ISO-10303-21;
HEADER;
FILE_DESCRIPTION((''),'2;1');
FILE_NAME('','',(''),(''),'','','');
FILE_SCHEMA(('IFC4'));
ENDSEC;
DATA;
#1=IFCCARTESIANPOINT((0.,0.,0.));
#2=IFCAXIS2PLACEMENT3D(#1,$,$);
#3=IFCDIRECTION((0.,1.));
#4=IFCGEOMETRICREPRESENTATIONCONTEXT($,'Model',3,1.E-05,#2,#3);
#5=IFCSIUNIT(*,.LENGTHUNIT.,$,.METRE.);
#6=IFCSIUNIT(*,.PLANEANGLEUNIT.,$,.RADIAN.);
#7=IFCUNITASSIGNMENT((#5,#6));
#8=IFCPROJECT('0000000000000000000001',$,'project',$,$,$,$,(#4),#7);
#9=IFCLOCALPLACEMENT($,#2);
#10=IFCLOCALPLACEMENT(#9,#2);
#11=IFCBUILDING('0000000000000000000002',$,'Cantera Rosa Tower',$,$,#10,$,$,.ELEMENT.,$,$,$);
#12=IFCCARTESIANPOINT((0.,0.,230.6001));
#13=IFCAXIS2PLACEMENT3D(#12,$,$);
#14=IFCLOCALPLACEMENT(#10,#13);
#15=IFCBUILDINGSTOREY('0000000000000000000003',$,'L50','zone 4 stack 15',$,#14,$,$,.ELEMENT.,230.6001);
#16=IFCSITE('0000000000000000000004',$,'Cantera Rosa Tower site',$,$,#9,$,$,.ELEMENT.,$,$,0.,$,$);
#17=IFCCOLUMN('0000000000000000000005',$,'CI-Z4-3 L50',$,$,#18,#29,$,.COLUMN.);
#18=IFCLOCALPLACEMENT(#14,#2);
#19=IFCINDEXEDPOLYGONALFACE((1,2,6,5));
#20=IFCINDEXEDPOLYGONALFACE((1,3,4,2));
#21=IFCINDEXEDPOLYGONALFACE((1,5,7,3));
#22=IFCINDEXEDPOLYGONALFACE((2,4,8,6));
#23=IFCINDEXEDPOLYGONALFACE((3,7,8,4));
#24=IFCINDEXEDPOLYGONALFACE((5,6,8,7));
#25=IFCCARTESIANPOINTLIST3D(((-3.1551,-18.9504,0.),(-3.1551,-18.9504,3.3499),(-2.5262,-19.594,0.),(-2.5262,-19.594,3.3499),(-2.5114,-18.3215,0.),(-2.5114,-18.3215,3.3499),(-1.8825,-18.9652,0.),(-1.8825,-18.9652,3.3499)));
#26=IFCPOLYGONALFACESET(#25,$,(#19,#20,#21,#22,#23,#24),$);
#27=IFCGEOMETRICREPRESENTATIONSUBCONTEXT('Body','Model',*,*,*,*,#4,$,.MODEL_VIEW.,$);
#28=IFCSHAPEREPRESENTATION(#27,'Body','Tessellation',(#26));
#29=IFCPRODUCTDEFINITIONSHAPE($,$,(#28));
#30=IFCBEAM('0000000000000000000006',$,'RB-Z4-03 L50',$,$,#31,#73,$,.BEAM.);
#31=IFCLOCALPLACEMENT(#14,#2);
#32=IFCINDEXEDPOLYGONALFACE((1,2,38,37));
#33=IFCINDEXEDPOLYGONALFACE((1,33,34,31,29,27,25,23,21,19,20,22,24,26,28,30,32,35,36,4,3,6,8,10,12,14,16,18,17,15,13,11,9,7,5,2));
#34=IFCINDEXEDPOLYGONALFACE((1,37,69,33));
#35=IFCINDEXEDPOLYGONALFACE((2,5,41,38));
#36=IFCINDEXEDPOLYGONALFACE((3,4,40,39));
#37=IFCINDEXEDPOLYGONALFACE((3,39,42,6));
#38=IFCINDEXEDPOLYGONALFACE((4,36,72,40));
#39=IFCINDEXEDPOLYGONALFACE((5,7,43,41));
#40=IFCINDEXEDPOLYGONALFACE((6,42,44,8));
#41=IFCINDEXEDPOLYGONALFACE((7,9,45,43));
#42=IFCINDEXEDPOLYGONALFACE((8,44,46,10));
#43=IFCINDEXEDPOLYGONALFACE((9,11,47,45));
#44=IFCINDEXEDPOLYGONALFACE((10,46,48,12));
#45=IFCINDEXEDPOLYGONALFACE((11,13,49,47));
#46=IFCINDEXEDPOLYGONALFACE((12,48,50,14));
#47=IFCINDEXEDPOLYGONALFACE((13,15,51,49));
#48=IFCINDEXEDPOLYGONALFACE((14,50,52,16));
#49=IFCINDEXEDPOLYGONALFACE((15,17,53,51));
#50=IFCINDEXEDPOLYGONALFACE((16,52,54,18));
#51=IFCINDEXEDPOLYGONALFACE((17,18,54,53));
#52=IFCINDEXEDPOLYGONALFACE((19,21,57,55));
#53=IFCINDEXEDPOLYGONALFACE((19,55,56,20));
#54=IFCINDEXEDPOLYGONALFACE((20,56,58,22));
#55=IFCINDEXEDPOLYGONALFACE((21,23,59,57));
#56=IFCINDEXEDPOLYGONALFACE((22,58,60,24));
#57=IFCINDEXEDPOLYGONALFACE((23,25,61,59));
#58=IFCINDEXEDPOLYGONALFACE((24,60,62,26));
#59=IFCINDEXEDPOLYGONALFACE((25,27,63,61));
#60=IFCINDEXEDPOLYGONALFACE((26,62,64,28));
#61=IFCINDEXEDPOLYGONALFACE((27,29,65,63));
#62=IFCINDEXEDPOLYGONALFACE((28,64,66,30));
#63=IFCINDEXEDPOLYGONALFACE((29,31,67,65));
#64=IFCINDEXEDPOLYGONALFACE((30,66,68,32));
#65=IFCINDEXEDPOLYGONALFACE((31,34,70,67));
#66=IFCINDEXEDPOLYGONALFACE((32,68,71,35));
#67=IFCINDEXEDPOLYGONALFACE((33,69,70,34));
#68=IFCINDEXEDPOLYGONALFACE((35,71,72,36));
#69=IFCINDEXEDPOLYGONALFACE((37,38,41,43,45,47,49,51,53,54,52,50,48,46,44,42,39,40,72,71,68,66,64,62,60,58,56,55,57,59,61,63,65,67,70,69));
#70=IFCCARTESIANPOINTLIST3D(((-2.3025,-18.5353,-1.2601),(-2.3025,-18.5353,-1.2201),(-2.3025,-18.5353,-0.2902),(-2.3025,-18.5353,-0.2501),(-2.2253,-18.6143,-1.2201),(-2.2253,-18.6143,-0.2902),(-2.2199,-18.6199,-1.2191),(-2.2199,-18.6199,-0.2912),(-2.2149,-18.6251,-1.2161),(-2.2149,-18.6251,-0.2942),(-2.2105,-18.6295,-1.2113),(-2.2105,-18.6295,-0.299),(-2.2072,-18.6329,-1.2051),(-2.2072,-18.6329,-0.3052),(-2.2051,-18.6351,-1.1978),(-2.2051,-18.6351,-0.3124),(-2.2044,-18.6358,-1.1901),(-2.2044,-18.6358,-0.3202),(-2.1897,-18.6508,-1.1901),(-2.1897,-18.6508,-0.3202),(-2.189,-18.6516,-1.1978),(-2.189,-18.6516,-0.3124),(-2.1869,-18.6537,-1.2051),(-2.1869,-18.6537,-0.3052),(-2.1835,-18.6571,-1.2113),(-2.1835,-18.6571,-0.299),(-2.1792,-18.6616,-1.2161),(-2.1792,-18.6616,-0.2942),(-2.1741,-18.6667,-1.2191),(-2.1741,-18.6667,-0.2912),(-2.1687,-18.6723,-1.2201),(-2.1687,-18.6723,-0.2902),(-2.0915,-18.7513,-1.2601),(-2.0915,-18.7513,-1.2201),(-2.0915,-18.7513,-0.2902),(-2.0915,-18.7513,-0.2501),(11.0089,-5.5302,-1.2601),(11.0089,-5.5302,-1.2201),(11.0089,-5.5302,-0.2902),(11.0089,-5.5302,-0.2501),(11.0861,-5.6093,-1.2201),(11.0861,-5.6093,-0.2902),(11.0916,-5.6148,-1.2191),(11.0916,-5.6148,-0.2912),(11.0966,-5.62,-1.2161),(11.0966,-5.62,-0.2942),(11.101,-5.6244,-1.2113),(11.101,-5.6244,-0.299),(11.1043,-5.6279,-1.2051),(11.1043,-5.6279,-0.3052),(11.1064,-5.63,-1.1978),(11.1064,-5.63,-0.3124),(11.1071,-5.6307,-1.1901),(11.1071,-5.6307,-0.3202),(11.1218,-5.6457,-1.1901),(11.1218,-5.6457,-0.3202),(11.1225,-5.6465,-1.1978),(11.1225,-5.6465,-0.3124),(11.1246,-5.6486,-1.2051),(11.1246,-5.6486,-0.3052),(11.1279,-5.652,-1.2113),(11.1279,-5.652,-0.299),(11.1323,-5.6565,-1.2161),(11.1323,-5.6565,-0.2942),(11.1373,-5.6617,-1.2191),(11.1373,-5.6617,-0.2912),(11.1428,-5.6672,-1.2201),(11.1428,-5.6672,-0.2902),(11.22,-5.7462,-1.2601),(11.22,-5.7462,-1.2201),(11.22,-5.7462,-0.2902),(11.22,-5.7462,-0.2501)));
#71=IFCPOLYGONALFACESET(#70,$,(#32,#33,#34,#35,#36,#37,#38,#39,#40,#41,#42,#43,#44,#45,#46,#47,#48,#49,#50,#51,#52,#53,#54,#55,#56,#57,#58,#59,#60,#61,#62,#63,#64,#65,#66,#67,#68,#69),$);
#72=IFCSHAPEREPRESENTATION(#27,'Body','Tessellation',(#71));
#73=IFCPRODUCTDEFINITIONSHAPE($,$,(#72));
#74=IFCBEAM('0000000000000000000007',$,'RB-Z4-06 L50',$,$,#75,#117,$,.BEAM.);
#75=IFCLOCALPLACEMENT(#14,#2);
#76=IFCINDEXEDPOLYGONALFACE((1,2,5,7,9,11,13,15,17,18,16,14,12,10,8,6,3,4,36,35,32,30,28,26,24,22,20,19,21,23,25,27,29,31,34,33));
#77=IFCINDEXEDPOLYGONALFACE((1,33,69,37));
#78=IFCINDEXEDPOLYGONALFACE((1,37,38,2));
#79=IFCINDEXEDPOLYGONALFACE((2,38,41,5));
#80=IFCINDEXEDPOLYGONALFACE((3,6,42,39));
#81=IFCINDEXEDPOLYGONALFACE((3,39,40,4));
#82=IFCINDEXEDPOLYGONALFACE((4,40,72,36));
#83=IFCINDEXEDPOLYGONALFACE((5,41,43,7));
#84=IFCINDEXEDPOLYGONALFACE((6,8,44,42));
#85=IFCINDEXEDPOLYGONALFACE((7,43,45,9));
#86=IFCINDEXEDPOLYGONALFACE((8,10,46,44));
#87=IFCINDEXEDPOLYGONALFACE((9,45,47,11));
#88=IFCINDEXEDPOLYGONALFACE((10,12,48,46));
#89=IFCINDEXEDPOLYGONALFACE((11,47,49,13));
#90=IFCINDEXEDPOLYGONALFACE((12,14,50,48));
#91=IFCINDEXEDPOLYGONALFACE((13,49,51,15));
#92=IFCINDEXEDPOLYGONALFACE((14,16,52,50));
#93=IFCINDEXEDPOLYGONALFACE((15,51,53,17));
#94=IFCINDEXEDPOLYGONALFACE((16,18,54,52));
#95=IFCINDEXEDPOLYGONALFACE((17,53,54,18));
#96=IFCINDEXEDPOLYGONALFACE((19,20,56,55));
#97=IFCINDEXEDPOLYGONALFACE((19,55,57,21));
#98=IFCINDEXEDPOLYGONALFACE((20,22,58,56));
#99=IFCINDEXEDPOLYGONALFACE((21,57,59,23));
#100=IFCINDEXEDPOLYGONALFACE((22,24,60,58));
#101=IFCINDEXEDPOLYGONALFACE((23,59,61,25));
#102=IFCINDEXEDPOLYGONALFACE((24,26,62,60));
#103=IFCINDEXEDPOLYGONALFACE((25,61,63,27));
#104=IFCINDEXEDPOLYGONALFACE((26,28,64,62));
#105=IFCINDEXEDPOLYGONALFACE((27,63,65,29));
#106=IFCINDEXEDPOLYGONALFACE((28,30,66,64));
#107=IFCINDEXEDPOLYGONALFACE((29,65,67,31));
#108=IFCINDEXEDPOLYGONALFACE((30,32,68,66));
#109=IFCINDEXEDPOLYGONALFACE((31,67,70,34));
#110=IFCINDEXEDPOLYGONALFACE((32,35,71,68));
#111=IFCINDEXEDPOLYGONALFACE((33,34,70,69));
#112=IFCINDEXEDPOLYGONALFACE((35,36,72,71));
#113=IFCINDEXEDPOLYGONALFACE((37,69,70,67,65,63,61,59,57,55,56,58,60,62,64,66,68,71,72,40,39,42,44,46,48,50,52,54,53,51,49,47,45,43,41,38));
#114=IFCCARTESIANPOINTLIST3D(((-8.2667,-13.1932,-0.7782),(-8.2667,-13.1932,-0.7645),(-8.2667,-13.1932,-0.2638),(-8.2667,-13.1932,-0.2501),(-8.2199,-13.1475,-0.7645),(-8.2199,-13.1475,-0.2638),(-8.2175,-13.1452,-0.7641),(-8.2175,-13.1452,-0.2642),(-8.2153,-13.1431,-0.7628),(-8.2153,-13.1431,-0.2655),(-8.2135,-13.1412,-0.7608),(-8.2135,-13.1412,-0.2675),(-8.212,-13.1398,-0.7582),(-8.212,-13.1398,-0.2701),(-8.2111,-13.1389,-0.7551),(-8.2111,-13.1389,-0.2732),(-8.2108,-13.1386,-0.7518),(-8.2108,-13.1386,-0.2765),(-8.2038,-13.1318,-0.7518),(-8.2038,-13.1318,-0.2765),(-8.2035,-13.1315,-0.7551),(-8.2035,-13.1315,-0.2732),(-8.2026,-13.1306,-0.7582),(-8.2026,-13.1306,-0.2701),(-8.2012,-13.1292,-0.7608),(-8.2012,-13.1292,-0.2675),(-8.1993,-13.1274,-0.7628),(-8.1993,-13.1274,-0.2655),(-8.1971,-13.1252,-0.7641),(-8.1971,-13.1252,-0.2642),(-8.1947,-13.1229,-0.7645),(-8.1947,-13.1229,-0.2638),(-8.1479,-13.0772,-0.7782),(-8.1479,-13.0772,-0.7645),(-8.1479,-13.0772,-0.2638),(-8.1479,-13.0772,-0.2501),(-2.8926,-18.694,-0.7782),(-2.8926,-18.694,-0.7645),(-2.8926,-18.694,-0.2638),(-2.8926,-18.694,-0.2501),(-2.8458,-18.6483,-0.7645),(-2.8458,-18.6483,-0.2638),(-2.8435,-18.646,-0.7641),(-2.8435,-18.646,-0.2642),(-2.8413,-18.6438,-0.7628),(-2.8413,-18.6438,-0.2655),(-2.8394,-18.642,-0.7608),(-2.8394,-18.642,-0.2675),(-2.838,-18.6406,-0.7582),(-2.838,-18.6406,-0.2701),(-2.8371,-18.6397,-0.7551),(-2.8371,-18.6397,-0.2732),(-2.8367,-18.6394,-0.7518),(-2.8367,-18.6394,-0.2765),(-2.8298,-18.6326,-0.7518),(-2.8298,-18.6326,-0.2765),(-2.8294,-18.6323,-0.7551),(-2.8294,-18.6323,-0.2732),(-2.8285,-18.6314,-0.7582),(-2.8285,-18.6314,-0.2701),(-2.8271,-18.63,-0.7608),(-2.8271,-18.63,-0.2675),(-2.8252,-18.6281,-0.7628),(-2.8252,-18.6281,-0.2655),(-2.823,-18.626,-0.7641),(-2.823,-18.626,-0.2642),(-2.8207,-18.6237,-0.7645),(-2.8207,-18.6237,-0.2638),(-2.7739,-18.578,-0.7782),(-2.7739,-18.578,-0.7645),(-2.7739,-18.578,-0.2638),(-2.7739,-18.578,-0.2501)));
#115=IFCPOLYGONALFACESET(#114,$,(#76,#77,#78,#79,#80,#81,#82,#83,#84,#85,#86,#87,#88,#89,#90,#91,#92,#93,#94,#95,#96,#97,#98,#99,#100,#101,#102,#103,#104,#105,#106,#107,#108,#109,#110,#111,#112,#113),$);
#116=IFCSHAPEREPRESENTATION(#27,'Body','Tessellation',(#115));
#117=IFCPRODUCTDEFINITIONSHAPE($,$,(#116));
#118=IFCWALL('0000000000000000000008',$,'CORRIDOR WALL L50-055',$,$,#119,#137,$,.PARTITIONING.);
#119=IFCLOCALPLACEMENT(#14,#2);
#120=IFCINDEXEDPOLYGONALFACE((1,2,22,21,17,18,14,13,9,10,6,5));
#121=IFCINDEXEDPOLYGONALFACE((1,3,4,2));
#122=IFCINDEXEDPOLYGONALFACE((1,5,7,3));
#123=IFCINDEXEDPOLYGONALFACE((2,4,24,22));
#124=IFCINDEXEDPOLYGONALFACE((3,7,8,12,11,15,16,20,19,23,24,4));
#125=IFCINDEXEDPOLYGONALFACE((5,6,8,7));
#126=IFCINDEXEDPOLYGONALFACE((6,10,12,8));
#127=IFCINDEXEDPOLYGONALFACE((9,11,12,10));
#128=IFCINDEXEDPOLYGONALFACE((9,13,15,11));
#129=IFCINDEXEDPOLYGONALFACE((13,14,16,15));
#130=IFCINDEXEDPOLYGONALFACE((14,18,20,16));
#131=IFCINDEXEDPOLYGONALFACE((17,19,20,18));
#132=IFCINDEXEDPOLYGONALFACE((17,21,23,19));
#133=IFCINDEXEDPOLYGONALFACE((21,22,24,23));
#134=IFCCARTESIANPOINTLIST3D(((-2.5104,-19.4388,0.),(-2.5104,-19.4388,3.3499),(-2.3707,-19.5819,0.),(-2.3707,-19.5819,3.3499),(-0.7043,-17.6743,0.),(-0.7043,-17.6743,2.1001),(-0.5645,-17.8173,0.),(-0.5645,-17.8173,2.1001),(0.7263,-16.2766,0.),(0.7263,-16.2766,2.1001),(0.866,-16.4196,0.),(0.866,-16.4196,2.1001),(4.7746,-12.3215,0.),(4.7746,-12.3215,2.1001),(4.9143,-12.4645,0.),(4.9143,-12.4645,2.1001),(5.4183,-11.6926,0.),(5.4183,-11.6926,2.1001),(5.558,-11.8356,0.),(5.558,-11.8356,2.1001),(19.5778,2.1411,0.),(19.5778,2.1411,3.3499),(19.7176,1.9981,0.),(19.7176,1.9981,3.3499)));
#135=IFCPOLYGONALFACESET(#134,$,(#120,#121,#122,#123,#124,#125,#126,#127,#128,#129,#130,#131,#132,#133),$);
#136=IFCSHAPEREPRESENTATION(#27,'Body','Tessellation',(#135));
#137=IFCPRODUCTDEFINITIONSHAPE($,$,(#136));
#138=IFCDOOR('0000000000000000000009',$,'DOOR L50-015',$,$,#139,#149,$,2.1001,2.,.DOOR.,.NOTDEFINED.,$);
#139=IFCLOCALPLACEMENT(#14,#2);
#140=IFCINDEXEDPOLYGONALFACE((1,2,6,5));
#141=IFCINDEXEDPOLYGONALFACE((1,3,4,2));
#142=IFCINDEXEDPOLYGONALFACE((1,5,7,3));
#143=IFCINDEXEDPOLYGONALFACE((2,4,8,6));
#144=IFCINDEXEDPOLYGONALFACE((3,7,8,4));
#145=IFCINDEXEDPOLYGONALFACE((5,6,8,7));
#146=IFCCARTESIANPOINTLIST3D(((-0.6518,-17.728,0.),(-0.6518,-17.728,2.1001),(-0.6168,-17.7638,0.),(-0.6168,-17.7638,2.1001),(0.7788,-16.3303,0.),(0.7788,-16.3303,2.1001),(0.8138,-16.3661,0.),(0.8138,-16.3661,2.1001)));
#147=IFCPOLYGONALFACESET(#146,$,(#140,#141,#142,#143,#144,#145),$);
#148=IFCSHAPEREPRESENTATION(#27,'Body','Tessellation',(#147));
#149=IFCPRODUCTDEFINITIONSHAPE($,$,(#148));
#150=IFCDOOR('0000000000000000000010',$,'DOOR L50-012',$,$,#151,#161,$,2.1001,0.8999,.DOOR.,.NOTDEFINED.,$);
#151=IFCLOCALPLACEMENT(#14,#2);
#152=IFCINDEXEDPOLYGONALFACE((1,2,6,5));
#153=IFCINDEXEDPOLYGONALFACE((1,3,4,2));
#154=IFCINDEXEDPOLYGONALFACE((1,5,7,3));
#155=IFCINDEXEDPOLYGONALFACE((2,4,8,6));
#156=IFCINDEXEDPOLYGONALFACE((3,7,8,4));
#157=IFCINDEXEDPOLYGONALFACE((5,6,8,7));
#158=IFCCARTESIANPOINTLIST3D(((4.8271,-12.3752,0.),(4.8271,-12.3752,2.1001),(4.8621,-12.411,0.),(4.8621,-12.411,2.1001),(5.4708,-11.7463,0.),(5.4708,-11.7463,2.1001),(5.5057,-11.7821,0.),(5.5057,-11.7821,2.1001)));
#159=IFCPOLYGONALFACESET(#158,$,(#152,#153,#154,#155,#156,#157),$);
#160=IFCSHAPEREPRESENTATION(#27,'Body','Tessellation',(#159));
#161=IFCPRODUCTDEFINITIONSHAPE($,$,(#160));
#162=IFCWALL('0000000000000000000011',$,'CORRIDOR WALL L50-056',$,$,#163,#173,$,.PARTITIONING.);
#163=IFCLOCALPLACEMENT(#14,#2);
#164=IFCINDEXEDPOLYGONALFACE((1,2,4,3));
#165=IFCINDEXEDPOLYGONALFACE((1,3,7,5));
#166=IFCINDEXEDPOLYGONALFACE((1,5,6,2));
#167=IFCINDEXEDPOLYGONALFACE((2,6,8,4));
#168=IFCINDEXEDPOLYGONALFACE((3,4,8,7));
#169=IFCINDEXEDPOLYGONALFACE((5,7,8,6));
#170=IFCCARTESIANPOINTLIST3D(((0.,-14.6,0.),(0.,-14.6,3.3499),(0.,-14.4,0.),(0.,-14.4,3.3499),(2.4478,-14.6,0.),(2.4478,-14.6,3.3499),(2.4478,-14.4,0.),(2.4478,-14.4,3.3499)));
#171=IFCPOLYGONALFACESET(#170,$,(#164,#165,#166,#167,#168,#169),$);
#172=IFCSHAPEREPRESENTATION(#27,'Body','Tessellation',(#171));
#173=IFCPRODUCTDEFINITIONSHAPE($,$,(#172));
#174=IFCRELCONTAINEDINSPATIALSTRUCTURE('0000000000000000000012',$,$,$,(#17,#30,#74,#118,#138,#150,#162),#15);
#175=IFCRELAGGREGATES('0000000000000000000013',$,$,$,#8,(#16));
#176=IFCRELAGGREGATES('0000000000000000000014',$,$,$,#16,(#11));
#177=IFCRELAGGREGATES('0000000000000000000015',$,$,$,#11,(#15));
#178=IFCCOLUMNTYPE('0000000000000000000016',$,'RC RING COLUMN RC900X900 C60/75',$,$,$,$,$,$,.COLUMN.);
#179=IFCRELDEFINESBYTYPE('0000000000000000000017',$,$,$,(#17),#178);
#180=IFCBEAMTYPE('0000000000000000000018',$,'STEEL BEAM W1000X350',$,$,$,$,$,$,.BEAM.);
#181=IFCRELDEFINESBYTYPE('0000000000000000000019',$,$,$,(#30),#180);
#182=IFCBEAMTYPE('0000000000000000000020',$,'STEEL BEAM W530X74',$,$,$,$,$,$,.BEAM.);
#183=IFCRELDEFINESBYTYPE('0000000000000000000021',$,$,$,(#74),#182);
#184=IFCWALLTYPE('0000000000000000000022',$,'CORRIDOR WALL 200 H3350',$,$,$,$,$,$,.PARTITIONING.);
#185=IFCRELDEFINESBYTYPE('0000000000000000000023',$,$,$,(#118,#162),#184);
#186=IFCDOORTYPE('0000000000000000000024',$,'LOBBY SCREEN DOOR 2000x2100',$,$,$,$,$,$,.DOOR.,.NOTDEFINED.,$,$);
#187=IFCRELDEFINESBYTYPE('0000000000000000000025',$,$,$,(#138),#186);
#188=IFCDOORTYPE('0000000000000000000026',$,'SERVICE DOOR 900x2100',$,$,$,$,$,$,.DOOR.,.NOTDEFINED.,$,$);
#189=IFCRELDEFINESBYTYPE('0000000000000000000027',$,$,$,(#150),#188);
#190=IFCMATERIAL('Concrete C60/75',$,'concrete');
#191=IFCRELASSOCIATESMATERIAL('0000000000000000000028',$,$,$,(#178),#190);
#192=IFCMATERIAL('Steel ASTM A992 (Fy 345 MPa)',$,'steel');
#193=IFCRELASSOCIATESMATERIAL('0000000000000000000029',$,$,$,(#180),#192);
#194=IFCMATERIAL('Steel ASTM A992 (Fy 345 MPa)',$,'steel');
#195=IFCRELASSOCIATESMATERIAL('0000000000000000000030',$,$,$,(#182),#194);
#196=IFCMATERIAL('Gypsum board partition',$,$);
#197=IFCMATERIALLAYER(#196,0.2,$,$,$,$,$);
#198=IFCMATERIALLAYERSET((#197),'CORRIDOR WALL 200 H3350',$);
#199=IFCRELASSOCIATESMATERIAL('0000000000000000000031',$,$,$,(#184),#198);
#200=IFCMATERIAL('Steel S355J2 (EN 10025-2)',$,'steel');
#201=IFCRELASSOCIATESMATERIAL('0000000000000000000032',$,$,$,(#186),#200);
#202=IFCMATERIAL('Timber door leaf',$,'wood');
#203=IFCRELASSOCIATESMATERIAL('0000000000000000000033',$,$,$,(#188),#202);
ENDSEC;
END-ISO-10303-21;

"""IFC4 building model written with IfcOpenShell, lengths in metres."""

from ifc_helpers import new_model, si_unit, direction, frame, frame_2d, origin, origin_2d, place, context, subcontext, project, spatial, rectangle, i_section, extrude, material, layer, layer_set, material_profile, profile_set, type_object, element, fill, save


model = new_model("IFC4")

# Units and contexts
model_context = context("Model", 3, precision=1e-05, world=origin(), true_north=direction((0.0, 1.0)))
body_context = subcontext(model_context, "Body", "Model", "MODEL_VIEW")
ifc_project = project(units=[si_unit("LENGTHUNIT", "METRE"), si_unit("PLANEANGLEUNIT", "RADIAN")], contexts=[model_context])

# Site, building, storey
site_placement = place(None, origin())
site = spatial("IfcSite", under=ifc_project, at=site_placement, Name="Cantera Rosa Tower site", CompositionType="ELEMENT", RefElevation=0.0)
building_placement = place(site_placement, origin())
building = spatial("IfcBuilding", under=site, at=building_placement, Name="Cantera Rosa Tower", CompositionType="ELEMENT")
storey_placement = place(building_placement, frame((0.0, 0.0, 230.6001)))
storey = spatial("IfcBuildingStorey", under=building, at=storey_placement, Name="L50", Description="zone 4 stack 15", CompositionType="ELEMENT", Elevation=230.6001)

# Column
ifc_material_1 = material(Name="Concrete C60/75", Category="concrete")
ifc_material_profile_1 = material_profile(ifc_material_1, rectangle(XDim=0.8999, YDim=0.8999, at=origin_2d()), Name="RC RING COLUMN RC900X900 C60/75")
ifc_profile_set_1 = profile_set([ifc_material_profile_1], Name="Concrete C60/75")
column_type = type_object("IfcColumnType", Name="RC RING COLUMN RC900X900 C60/75", PredefinedType="COLUMN", material=ifc_profile_set_1)
column_placement = place(storey_placement, frame((-2.5188, -18.9578, 0.0), z_axis=(0.0, 0.0, 1.0), x_axis=(0.715286, 0.698832, 0.0)))
element("IfcColumn", 1, at=column_placement, inside=storey, type_object=column_type, Name="CI-Z4-3 L50", PredefinedType="COLUMN", context=body_context, shape_type="SweptSolid", body=[
    extrude(rectangle(XDim=0.8999, YDim=0.8999, at=origin_2d()), origin(), (0.0, 0.0, 1.0), 3.3499),
])

# Beams
ifc_material_2 = material(Name="Steel ASTM A992 (Fy 345 MPa)", Category="steel")
ifc_material_profile_2 = material_profile(ifc_material_2, i_section(OverallWidth=0.302, OverallDepth=1.01, WebThickness=0.021, FlangeThickness=0.04, FilletRadius=0.03, at=origin_2d()), Name="W1000X350")
ifc_profile_set_2 = profile_set([ifc_material_profile_2], Name="Steel ASTM A992 (Fy 345 MPa)")
beam_type_1 = type_object("IfcBeamType", Name="STEEL BEAM W1000X350", PredefinedType="BEAM", material=ifc_profile_set_2)
beam_1_placement = place(storey_placement, frame((-2.197, -18.6433, -0.7551), z_axis=(0.715291, 0.698827, 0.0), x_axis=(-0.698827, 0.715291, 0.0)))
element("IfcBeam", 2, at=beam_1_placement, inside=storey, type_object=beam_type_1, Name="RB-Z4-03 L50", PredefinedType="BEAM", context=body_context, shape_type="SweptSolid", body=[
    extrude(i_section(OverallWidth=0.302, OverallDepth=1.01, WebThickness=0.021, FlangeThickness=0.04, FilletRadius=0.03, at=origin_2d()), origin(), (0.0, 0.0, 1.0), 18.6099),
])
ifc_material_3 = material(Name="Steel ASTM A992 (Fy 345 MPa)", Category="steel")
ifc_material_profile_3 = material_profile(ifc_material_3, i_section(OverallWidth=0.166, OverallDepth=0.5281, WebThickness=0.0098, FlangeThickness=0.0137, FilletRadius=0.0127, at=origin_2d()), Name="W530X74")
ifc_profile_set_3 = profile_set([ifc_material_profile_3], Name="Steel ASTM A992 (Fy 345 MPa)")
beam_type_2 = type_object("IfcBeamType", Name="STEEL BEAM W530X74", PredefinedType="BEAM", material=ifc_profile_set_3)
beam_2_placement = place(storey_placement, frame((-2.8333, -18.636, -0.5142), z_axis=(-0.69882, 0.715297, 0.0), x_axis=(-0.715297, -0.69882, 0.0)))
element("IfcBeam", 3, at=beam_2_placement, inside=storey, type_object=beam_type_2, Name="RB-Z4-06 L50", PredefinedType="BEAM", context=body_context, shape_type="SweptSolid", body=[
    extrude(i_section(OverallWidth=0.166, OverallDepth=0.5281, WebThickness=0.0098, FlangeThickness=0.0137, FilletRadius=0.0127, at=origin_2d()), origin(), (0.0, 0.0, 1.0), 7.6902),
])

# Wall, openings, doors
ifc_material_4 = material(Name="Gypsum board partition")
ifc_layer_1 = layer(ifc_material_4, 0.2)
ifc_layer_set_1 = layer_set([ifc_layer_1], Name="CORRIDOR WALL 200 H3350")
wall_type_1 = type_object("IfcWallType", Name="CORRIDOR WALL 200 H3350", PredefinedType="PARTITIONING", material=ifc_layer_set_1)
wall_1_placement = place(storey_placement, frame((-2.4404, -19.5103, 0.0), z_axis=(0.0, 0.0, 1.0), x_axis=(0.715289, 0.698829, 0.0)))
wall_1 = element("IfcWall", 4, at=wall_1_placement, inside=storey, type_object=wall_type_1, Name="CORRIDOR WALL L50-055", PredefinedType="PARTITIONING", context=body_context, shape_type="SweptSolid", body=[
    extrude(rectangle(XDim=30.8801, YDim=0.2, at=frame_2d((15.4399, 0.0))), origin(), (0.0, 0.0, 1.0), 3.3499),
])
opening_1_placement = place(wall_1_placement, frame((10.1846, 0.0, 0.0)))
opening_1 = element("IfcOpeningElement", 5, at=opening_1_placement, cuts=wall_1, PredefinedType="OPENING", context=body_context, shape_type="SweptSolid", body=[
    extrude(rectangle(XDim=0.8999, YDim=2.1001, at=frame_2d((0.45, 1.05))), frame((0.0, 0.1099, 0.0), z_axis=(0.0, -1.0, 0.0), x_axis=(1.0, 0.0, 0.0)), (0.0, 0.0, 1.0), 0.22),
])
opening_2_placement = place(wall_1_placement, frame((2.5249, 0.0, 0.0)))
opening_2 = element("IfcOpeningElement", 6, at=opening_2_placement, cuts=wall_1, PredefinedType="OPENING", context=body_context, shape_type="SweptSolid", body=[
    extrude(rectangle(XDim=2.0, YDim=2.1001, at=frame_2d((1.0, 1.05))), frame((0.0, 0.1099, 0.0), z_axis=(0.0, -1.0, 0.0), x_axis=(1.0, 0.0, 0.0)), (0.0, 0.0, 1.0), 0.22),
])
ifc_material_5 = material(Name="Steel S355J2 (EN 10025-2)", Category="steel")
door_type_1 = type_object("IfcDoorType", Name="LOBBY SCREEN DOOR 2000x2100", OperationType="NOTDEFINED", PredefinedType="DOOR", material=ifc_material_5)
door_1_placement = place(opening_2_placement, origin())
door_1 = element("IfcDoor", 7, at=door_1_placement, inside=storey, type_object=door_type_1, Name="DOOR L50-015", OperationType="NOTDEFINED", OverallHeight=2.1001, OverallWidth=2.0, PredefinedType="DOOR", context=body_context, shape_type="SweptSolid", body=[
    extrude(rectangle(XDim=2.0, YDim=2.1001, at=frame_2d((1.0, 1.05))), frame((0.0, 0.0249, 0.0), z_axis=(0.0, -1.0, 0.0), x_axis=(1.0, 0.0, 0.0)), (0.0, 0.0, 1.0), 0.05),
])
fill(opening_2, door_1)
ifc_material_6 = material(Name="Timber door leaf", Category="wood")
door_type_2 = type_object("IfcDoorType", Name="SERVICE DOOR 900x2100", OperationType="NOTDEFINED", PredefinedType="DOOR", material=ifc_material_6)
door_2_placement = place(opening_1_placement, origin())
door_2 = element("IfcDoor", 8, at=door_2_placement, inside=storey, type_object=door_type_2, Name="DOOR L50-012", OperationType="NOTDEFINED", OverallHeight=2.1001, OverallWidth=0.8999, PredefinedType="DOOR", context=body_context, shape_type="SweptSolid", body=[
    extrude(rectangle(XDim=0.8999, YDim=2.1001, at=frame_2d((0.45, 1.05))), frame((0.0, 0.0249, 0.0), z_axis=(0.0, -1.0, 0.0), x_axis=(1.0, 0.0, 0.0)), (0.0, 0.0, 1.0), 0.05),
])
fill(opening_1, door_2)

# Wall
wall_2_placement = place(storey_placement, frame((0.0, -14.5, 0.0), z_axis=(0.0, 0.0, 1.0), x_axis=(1.0, 0.0, 0.0)))
element("IfcWall", 9, at=wall_2_placement, inside=storey, type_object=wall_type_1, Name="CORRIDOR WALL L50-056", PredefinedType="PARTITIONING", context=body_context, shape_type="SweptSolid", body=[
    extrude(rectangle(XDim=2.4478, YDim=0.2, at=frame_2d((1.2239, 0.0))), origin(), (0.0, 0.0, 1.0), 3.3499),
])

save(model, "model.ifc")
